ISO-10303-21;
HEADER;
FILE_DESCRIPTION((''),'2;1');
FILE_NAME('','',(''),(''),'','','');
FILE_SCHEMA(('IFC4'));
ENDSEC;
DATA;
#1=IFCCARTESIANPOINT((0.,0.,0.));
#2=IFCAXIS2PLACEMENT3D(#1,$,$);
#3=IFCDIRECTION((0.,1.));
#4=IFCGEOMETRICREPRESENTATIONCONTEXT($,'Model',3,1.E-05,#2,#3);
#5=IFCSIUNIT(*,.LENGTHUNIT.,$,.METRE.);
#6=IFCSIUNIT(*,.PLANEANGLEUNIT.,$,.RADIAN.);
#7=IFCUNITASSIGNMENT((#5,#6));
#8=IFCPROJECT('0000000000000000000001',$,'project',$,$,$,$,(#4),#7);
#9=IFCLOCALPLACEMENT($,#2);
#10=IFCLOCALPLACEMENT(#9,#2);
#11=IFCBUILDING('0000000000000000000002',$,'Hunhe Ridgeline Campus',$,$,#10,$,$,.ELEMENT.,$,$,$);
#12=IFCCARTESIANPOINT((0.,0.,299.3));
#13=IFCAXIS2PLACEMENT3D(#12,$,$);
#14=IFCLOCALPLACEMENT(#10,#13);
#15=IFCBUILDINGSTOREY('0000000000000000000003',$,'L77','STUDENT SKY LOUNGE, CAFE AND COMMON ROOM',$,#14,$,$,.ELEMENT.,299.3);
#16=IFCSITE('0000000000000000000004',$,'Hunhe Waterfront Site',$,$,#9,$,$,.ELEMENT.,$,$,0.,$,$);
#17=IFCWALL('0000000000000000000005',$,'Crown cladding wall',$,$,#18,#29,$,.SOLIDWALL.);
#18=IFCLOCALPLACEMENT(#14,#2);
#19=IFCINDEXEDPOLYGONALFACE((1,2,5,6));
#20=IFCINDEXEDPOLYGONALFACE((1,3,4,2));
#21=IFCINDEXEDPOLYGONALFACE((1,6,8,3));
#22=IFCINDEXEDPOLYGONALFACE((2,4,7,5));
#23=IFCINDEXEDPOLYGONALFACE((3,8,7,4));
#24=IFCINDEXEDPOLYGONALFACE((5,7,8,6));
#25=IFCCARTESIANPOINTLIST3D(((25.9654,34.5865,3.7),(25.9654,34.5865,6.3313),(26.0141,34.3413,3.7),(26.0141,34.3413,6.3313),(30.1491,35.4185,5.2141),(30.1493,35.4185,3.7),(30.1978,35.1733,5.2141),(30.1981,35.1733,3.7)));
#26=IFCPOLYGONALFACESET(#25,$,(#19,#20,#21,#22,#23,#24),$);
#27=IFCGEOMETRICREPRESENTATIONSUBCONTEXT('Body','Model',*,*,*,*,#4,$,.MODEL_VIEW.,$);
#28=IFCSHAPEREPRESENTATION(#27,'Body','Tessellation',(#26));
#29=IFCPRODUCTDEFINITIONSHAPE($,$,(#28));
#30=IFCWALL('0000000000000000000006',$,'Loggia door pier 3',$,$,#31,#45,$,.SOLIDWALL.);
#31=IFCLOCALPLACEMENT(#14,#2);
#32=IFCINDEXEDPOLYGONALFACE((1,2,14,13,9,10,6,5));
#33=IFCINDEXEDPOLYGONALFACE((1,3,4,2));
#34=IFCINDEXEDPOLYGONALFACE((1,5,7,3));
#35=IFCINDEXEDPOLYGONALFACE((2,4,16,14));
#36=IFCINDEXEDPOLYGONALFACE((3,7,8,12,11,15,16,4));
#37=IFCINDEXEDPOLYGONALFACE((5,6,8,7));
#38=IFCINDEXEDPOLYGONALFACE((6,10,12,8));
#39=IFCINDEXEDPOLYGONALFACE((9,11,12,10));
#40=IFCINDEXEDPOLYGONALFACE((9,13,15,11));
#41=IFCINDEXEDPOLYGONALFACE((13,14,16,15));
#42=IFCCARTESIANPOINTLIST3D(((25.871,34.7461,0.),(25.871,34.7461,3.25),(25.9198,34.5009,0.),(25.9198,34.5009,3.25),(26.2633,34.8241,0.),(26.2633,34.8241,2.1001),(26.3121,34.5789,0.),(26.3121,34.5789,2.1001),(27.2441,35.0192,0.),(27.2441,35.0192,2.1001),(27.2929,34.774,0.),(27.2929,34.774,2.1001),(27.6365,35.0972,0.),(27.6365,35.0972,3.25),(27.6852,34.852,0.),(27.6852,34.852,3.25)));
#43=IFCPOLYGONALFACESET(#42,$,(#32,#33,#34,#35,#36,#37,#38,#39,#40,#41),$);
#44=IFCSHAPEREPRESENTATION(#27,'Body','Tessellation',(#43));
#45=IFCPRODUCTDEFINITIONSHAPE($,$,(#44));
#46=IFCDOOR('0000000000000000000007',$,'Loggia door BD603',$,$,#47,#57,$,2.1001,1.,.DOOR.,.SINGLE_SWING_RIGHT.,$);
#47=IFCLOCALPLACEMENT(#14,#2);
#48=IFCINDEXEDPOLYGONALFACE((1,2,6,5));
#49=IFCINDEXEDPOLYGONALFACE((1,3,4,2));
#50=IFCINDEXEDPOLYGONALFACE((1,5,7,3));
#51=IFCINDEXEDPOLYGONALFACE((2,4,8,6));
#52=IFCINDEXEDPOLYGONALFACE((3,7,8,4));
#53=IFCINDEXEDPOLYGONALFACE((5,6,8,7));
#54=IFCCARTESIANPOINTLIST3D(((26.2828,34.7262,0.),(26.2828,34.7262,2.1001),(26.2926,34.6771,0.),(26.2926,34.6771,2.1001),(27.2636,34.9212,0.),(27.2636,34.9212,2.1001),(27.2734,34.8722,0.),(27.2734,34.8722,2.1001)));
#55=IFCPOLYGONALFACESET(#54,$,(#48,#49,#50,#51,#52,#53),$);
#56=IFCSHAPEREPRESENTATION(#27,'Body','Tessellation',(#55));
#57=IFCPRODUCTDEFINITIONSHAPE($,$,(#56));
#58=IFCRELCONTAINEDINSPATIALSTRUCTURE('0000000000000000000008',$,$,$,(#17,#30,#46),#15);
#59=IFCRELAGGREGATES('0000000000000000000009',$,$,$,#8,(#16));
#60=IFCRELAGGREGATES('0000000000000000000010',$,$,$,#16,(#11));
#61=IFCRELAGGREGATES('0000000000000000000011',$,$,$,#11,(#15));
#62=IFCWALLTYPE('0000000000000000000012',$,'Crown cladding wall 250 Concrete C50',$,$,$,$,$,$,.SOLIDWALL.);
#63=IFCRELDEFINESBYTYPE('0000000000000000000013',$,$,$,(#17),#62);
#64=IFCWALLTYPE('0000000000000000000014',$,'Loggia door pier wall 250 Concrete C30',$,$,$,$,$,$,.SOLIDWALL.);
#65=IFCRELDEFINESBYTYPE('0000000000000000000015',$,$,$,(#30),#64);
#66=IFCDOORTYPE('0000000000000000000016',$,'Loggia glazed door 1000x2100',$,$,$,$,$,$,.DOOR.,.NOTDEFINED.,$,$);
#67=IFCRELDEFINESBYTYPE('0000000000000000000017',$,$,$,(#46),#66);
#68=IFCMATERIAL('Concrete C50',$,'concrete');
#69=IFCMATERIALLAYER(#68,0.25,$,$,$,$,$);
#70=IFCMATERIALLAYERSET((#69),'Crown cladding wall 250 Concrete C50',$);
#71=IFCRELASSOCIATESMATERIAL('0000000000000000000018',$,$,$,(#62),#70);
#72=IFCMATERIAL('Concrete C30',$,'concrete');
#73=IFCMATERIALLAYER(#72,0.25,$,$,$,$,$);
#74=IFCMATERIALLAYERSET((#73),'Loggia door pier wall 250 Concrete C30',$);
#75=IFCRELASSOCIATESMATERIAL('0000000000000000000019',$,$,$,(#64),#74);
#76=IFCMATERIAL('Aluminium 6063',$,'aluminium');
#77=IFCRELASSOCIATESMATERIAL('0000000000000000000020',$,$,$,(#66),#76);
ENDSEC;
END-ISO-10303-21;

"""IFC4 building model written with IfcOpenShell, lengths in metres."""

from ifc_helpers import new_model, si_unit, direction, frame, frame_2d, origin, place, context, subcontext, project, spatial, polyline, rectangle, outline, extrude, material, layer, layer_set, type_object, element, fill, save


model = new_model("IFC4")

# Units and contexts
model_context = context("Model", 3, precision=1e-05, world=origin(), true_north=direction((0.0, 1.0)))
body_context = subcontext(model_context, "Body", "Model", "MODEL_VIEW")
ifc_project = project(units=[si_unit("LENGTHUNIT", "METRE"), si_unit("PLANEANGLEUNIT", "RADIAN")], contexts=[model_context])

# Site, building, storey
site_placement = place(None, origin())
site = spatial("IfcSite", under=ifc_project, at=site_placement, Name="Hunhe Waterfront Site", CompositionType="ELEMENT", RefElevation=0.0)
building_placement = place(site_placement, origin())
building = spatial("IfcBuilding", under=site, at=building_placement, Name="Hunhe Ridgeline Campus", CompositionType="ELEMENT")
storey_placement = place(building_placement, frame((0.0, 0.0, 299.3)))
storey = spatial("IfcBuildingStorey", under=building, at=storey_placement, Name="L77", Description="STUDENT SKY LOUNGE, CAFE AND COMMON ROOM", CompositionType="ELEMENT", Elevation=299.3)

# Shared definitions
ifc_material_1 = material(Name="Concrete C50", Category="concrete")

# Shared definitions
ifc_material_2 = material(Name="Aluminium 6063", Category="aluminium")

# Wall
ifc_layer_1 = layer(ifc_material_1, 0.25)
ifc_layer_set_1 = layer_set([ifc_layer_1], Name="Crown cladding wall 250 Concrete C50")
wall_type_1 = type_object("IfcWallType", Name="Crown cladding wall 250 Concrete C50", PredefinedType="SOLIDWALL", material=ifc_layer_set_1)
wall_1_placement = place(storey_placement, frame((25.9897, 34.4639, 3.7), z_axis=(0.0, 0.0, 1.0), x_axis=(0.980794, 0.195048, 0.0)))
element("IfcWall", 1, at=wall_1_placement, inside=storey, type_object=wall_type_1, Name="Crown cladding wall", PredefinedType="SOLIDWALL", context=body_context, shape_type="SweptSolid", body=[
    extrude(outline(polyline([(0.0, 0.0), (4.2659, 0.0), (4.2656, 1.5142), (0.0, 2.6313), (0.0, 0.0)])), frame((0.0, 0.125, 0.0), z_axis=(0.0, -1.0, 0.0), x_axis=(1.0, 0.0, 0.0)), (0.0, 0.0, 1.0), 0.25),
])

# Wall, opening, door
ifc_material_3 = material(Name="Concrete C30", Category="concrete")
ifc_layer_2 = layer(ifc_material_3, 0.25)
ifc_layer_set_2 = layer_set([ifc_layer_2], Name="Loggia door pier wall 250 Concrete C30")
wall_type_2 = type_object("IfcWallType", Name="Loggia door pier wall 250 Concrete C30", PredefinedType="SOLIDWALL", material=ifc_layer_set_2)
wall_2_placement = place(storey_placement, frame((25.8955, 34.6235, 0.0), z_axis=(0.0, 0.0, 1.0), x_axis=(0.980794, 0.195047, 0.0)))
wall_2 = element("IfcWall", 2, at=wall_2_placement, inside=storey, type_object=wall_type_2, Name="Loggia door pier 3", PredefinedType="SOLIDWALL", context=body_context, shape_type="SweptSolid", body=[
    extrude(rectangle(XDim=1.8, YDim=0.25, at=frame_2d((0.8999, 0.0))), origin(), (0.0, 0.0, 1.0), 3.25),
])
opening_1_placement = place(wall_2_placement, frame((0.3999, 0.0, 0.0)))
opening_1 = element("IfcOpeningElement", 3, at=opening_1_placement, cuts=wall_2, PredefinedType="OPENING", context=body_context, shape_type="SweptSolid", body=[
    extrude(rectangle(XDim=1.0, YDim=2.1001, at=frame_2d((0.5, 1.05))), frame((0.0, 0.125, 0.0), z_axis=(0.0, -1.0, 0.0), x_axis=(1.0, 0.0, 0.0)), (0.0, 0.0, 1.0), 0.25),
])
door_type_1 = type_object("IfcDoorType", Name="Loggia glazed door 1000x2100", OperationType="NOTDEFINED", PredefinedType="DOOR", material=ifc_material_2)
door_1_placement = place(opening_1_placement, frame((1.0, 0.0, 0.0), z_axis=(0.0, 0.0, 1.0), x_axis=(-1.0, 0.0, 0.0)))
door_1 = element("IfcDoor", 4, at=door_1_placement, inside=storey, type_object=door_type_1, Name="Loggia door BD603", OperationType="SINGLE_SWING_RIGHT", OverallHeight=2.1001, OverallWidth=1.0, PredefinedType="DOOR", context=body_context, shape_type="SweptSolid", body=[
    extrude(rectangle(XDim=1.0, YDim=2.1001, at=frame_2d((0.5, 1.05))), frame((0.0, 0.0249, 0.0), z_axis=(0.0, -1.0, 0.0), x_axis=(1.0, 0.0, 0.0)), (0.0, 0.0, 1.0), 0.05),
])
fill(opening_1, door_1)

save(model, "model.ifc")
